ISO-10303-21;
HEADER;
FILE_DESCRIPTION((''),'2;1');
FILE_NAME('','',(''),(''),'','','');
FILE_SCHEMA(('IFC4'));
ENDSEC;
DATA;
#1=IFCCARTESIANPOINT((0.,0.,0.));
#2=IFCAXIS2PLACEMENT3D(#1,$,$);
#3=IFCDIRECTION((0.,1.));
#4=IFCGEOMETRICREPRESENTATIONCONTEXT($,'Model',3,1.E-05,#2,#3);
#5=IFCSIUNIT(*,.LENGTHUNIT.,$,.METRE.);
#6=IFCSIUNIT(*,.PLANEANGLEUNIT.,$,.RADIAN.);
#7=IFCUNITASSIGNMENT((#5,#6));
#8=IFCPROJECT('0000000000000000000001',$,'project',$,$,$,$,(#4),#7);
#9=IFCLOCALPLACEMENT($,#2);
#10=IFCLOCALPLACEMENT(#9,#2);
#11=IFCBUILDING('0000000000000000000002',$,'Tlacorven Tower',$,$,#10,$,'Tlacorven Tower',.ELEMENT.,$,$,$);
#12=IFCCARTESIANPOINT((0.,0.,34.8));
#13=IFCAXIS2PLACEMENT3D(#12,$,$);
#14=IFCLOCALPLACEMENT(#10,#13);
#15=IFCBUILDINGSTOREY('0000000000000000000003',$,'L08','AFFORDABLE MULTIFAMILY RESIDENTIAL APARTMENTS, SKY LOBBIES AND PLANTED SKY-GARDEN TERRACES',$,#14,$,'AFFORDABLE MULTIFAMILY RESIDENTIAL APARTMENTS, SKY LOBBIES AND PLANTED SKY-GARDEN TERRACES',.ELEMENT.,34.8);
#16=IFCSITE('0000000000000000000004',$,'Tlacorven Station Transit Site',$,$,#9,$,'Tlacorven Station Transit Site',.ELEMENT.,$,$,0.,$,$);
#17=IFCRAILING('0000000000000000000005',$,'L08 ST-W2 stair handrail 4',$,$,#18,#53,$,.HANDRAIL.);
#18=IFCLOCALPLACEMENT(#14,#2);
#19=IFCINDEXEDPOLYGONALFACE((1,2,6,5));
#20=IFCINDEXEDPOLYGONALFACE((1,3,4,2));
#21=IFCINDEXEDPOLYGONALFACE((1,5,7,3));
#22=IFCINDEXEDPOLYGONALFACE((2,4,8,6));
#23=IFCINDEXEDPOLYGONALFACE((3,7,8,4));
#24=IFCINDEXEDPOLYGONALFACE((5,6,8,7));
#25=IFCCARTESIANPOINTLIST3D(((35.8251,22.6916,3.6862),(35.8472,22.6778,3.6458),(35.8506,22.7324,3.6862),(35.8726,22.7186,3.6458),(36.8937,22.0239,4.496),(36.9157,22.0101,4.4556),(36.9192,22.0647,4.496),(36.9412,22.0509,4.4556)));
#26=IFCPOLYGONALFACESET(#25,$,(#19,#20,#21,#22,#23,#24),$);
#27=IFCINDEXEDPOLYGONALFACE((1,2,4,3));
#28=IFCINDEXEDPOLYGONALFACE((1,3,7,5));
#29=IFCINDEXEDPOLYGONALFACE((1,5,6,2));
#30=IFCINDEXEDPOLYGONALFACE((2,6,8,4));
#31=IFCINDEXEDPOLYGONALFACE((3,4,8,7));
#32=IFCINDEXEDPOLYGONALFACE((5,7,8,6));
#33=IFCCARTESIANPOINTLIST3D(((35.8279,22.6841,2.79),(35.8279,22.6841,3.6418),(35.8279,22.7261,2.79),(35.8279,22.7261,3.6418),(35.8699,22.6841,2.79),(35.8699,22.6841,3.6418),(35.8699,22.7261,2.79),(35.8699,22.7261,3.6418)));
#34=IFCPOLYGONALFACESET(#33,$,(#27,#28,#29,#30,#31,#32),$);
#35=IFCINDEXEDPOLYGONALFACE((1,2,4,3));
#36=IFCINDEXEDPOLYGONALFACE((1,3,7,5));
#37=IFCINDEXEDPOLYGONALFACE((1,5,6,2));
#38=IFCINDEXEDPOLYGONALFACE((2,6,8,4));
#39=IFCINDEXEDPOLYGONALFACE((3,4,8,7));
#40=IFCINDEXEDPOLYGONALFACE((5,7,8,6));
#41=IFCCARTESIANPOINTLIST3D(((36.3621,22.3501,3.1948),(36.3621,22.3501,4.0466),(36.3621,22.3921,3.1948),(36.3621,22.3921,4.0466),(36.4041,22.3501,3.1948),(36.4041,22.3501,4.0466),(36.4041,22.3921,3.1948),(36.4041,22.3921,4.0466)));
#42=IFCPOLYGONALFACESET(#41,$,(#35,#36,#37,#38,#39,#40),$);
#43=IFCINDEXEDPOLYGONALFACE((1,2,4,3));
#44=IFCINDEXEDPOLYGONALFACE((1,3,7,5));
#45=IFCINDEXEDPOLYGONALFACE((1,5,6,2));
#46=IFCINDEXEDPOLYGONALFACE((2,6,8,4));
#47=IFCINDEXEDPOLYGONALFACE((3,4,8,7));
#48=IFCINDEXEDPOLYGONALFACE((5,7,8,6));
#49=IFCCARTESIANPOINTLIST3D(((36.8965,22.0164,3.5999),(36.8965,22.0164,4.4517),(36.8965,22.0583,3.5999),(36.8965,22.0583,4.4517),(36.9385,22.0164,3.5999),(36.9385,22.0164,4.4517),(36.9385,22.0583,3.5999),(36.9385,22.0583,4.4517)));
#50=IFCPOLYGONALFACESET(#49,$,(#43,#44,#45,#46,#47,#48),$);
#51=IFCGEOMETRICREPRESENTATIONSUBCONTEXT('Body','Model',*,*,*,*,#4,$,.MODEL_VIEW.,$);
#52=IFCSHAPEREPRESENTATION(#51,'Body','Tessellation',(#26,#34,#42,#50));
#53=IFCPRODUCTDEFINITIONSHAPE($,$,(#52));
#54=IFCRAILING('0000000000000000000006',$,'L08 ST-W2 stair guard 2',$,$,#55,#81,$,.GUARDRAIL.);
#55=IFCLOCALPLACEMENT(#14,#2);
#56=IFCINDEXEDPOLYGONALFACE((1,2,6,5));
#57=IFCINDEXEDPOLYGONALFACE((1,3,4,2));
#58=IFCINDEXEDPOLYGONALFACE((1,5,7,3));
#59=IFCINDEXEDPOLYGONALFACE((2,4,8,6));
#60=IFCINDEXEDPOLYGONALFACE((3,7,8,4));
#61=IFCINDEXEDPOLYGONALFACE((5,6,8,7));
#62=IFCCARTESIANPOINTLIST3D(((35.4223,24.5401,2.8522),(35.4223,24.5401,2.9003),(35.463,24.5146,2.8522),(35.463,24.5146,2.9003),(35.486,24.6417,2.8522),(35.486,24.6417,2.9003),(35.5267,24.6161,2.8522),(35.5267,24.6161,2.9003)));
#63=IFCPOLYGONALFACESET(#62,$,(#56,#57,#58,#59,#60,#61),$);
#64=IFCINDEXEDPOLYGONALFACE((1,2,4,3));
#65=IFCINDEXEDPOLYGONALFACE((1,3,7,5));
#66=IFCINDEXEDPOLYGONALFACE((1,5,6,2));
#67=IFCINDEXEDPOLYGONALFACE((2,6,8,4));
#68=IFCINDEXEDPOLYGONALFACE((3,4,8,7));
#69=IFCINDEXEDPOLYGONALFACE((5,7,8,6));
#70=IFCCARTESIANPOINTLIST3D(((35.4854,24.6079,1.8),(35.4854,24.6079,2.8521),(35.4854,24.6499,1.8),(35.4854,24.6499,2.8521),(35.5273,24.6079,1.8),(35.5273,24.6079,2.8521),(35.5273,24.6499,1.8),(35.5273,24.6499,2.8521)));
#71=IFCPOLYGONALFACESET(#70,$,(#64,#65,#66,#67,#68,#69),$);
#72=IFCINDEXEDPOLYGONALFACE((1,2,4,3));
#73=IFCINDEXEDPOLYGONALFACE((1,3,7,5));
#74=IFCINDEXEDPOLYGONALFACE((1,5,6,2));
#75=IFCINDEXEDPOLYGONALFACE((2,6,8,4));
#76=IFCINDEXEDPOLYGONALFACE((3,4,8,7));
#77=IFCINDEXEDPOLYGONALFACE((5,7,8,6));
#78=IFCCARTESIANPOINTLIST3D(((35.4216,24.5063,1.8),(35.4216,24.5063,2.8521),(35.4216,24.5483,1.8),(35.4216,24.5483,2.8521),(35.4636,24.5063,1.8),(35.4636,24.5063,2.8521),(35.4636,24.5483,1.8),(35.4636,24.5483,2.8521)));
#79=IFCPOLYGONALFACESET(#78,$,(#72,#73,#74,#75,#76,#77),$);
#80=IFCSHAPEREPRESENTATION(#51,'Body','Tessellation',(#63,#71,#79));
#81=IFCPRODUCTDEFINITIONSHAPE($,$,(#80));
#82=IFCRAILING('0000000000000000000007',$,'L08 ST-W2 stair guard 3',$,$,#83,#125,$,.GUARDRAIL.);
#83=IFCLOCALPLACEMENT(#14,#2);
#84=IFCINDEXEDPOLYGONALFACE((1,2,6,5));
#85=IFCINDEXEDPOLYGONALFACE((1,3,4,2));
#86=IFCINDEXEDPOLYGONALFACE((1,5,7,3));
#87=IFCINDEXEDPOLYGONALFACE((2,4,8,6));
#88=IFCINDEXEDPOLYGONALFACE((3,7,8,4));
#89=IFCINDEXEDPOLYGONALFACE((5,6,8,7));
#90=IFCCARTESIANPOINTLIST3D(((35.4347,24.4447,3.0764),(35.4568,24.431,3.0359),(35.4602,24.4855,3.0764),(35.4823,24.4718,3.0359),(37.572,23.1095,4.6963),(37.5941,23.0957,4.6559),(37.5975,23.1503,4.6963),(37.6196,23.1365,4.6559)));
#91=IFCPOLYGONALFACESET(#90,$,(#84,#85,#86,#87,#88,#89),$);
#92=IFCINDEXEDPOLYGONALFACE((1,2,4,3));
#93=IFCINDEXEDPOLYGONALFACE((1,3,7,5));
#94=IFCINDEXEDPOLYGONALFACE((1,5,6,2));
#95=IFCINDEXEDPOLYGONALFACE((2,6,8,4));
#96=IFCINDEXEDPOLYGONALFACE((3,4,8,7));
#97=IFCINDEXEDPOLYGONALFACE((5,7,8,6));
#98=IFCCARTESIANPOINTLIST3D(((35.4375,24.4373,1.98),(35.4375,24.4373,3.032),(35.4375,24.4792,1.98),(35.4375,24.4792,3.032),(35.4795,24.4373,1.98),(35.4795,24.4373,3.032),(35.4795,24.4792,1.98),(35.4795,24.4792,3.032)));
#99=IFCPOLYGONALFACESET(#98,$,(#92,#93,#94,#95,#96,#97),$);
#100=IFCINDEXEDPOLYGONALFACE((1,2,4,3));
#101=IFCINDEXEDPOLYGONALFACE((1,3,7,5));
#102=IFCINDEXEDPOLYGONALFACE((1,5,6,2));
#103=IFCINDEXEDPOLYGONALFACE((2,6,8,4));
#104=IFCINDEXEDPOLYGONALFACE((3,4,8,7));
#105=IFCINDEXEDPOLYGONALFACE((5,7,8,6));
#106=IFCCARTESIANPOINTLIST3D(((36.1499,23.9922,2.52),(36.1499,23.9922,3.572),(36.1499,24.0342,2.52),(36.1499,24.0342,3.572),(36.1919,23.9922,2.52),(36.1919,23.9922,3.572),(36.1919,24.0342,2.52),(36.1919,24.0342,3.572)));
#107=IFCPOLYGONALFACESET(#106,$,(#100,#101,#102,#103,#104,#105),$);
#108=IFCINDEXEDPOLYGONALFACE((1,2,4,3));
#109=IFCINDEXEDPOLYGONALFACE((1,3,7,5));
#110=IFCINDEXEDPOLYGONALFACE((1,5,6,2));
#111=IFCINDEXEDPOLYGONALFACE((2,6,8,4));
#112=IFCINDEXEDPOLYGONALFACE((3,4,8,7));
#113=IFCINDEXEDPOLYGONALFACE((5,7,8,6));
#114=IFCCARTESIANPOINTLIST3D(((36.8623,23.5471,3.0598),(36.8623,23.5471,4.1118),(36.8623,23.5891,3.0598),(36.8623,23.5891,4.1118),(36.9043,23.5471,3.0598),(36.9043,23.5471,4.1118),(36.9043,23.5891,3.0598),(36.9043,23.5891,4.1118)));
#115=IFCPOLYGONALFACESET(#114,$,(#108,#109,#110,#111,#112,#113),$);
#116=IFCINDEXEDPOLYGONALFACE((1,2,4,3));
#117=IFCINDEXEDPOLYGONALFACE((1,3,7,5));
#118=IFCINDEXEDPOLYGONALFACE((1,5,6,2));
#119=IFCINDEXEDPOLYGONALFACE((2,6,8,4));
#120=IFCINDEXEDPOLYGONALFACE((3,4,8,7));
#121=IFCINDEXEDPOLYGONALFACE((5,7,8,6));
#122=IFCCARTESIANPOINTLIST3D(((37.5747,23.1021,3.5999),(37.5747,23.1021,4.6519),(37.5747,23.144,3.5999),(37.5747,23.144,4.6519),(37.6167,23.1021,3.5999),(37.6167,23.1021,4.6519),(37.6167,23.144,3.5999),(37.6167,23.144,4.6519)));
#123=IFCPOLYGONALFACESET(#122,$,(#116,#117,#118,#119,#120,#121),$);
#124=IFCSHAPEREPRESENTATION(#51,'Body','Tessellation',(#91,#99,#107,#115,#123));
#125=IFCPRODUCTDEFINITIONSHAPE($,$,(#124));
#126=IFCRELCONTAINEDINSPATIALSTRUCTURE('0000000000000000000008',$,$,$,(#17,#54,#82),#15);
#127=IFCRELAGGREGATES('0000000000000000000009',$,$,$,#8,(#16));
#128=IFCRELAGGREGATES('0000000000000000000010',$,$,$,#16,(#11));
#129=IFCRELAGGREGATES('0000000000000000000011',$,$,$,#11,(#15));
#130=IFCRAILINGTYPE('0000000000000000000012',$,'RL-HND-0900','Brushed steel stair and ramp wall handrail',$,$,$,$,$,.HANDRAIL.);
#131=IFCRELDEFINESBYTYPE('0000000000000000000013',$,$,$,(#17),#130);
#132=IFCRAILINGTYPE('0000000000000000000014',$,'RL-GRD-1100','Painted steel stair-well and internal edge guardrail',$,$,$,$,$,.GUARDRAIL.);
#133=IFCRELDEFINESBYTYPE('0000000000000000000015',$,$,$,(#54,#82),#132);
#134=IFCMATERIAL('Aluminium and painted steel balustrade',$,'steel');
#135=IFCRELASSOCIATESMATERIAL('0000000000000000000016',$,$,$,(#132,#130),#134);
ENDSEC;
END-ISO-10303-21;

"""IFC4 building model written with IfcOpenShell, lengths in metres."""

from ifc_helpers import new_model, si_unit, direction, frame, origin, origin_2d, place, context, subcontext, project, spatial, rectangle, extrude, source, transform, mapped, material, type_object, element, save


model = new_model("IFC4")

# Units and contexts
model_context = context("Model", 3, precision=1e-05, world=origin(), true_north=direction((0.0, 1.0)))
body_context = subcontext(model_context, "Body", "Model", "MODEL_VIEW")
ifc_project = project(units=[si_unit("LENGTHUNIT", "METRE"), si_unit("PLANEANGLEUNIT", "RADIAN")], contexts=[model_context])

# Site, building, storey
site_placement = place(None, origin())
site = spatial("IfcSite", under=ifc_project, at=site_placement, Name="Tlacorven Station Transit Site", LongName="Tlacorven Station Transit Site", CompositionType="ELEMENT", RefElevation=0.0)
building_placement = place(site_placement, origin())
building = spatial("IfcBuilding", under=site, at=building_placement, Name="Tlacorven Tower", LongName="Tlacorven Tower", CompositionType="ELEMENT")
storey_placement = place(building_placement, frame((0.0, 0.0, 34.8)))
storey = spatial("IfcBuildingStorey", under=building, at=storey_placement, Name="L08", Description="AFFORDABLE MULTIFAMILY RESIDENTIAL APARTMENTS, SKY LOBBIES AND PLANTED SKY-GARDEN TERRACES", LongName="AFFORDABLE MULTIFAMILY RESIDENTIAL APARTMENTS, SKY LOBBIES AND PLANTED SKY-GARDEN TERRACES", CompositionType="ELEMENT", Elevation=34.8)

# Railings
ifc_material_1 = material(Name="Aluminium and painted steel balustrade", Category="steel")
railing_type_1 = type_object("IfcRailingType", Name="RL-GRD-1100", Description="Painted steel stair-well and internal edge guardrail", PredefinedType="GUARDRAIL", material=ifc_material_1)
railing_type_2 = type_object("IfcRailingType", Name="RL-HND-0900", Description="Brushed steel stair and ramp wall handrail", PredefinedType="HANDRAIL", material=ifc_material_1)
shared_shape_1 = source(origin(), body_context, "Body", "SweptSolid", [
    extrude(rectangle(XDim=0.0481, YDim=0.0481, at=origin_2d()), frame((0.0, 0.0, 0.876), z_axis=(0.713423, -0.445787, 0.540649), x_axis=(0.529912, 0.848053, 0.0)), (0.0, 0.0, 1.0), 1.4978),
    extrude(rectangle(XDim=0.042, YDim=0.042, at=origin_2d()), origin(), (0.0, 0.0, 1.0), 0.8518),
    extrude(rectangle(XDim=0.042, YDim=0.042, at=origin_2d()), frame((0.5342, -0.334, 0.4048)), (0.0, 0.0, 1.0), 0.8518),
    extrude(rectangle(XDim=0.042, YDim=0.042, at=origin_2d()), frame((1.0686, -0.6677, 0.8098)), (0.0, 0.0, 1.0), 0.8518),
])
railing_1_placement = place(storey_placement, frame((35.8489, 22.7051, 2.79)))
element("IfcRailing", 1, at=railing_1_placement, inside=storey, type_object=railing_type_2, Name="L08 ST-W2 stair handrail 4", PredefinedType="HANDRAIL", context=body_context, shape_type="MappedRepresentation", body=[
    mapped(shared_shape_1, transform((0.0, 0.0, 0.0), scale=1.0)),
])
shared_shape_2 = source(origin(), body_context, "Body", "SweptSolid", [
    extrude(rectangle(XDim=0.0481, YDim=0.0481, at=origin_2d()), frame((0.0, 0.0, 1.0762), z_axis=(-0.531462, -0.847082, 0.0), x_axis=(0.847082, -0.531462, 0.0)), (0.0, 0.0, 1.0), 0.1199),
    extrude(rectangle(XDim=0.042, YDim=0.042, at=origin_2d()), origin(), (0.0, 0.0, 1.0), 1.052),
    extrude(rectangle(XDim=0.042, YDim=0.042, at=origin_2d()), frame((-0.0637, -0.1016, 0.0)), (0.0, 0.0, 1.0), 1.052),
])
railing_2_placement = place(storey_placement, frame((35.5063, 24.6289, 1.8)))
element("IfcRailing", 2, at=railing_2_placement, inside=storey, type_object=railing_type_1, Name="L08 ST-W2 stair guard 2", PredefinedType="GUARDRAIL", context=body_context, shape_type="MappedRepresentation", body=[
    mapped(shared_shape_2, transform((0.0, 0.0, 0.0), scale=1.0)),
])
shared_shape_3 = source(origin(), body_context, "Body", "SweptSolid", [
    extrude(rectangle(XDim=0.0481, YDim=0.0481, at=origin_2d()), frame((0.0, 0.0, 1.0762), z_axis=(0.713417, -0.445702, 0.540727), x_axis=(0.529842, 0.848096, 0.0)), (0.0, 0.0, 1.0), 2.9958),
    extrude(rectangle(XDim=0.042, YDim=0.042, at=origin_2d()), origin(), (0.0, 0.0, 1.0), 1.052),
    extrude(rectangle(XDim=0.042, YDim=0.042, at=origin_2d()), frame((0.7124, -0.4451, 0.54)), (0.0, 0.0, 1.0), 1.052),
    extrude(rectangle(XDim=0.042, YDim=0.042, at=origin_2d()), frame((1.4248, -0.8901, 1.0798)), (0.0, 0.0, 1.0), 1.052),
    extrude(rectangle(XDim=0.042, YDim=0.042, at=origin_2d()), frame((2.1372, -1.3352, 1.6199)), (0.0, 0.0, 1.0), 1.052),
])
railing_3_placement = place(storey_placement, frame((35.4585, 24.4583, 1.98)))
element("IfcRailing", 3, at=railing_3_placement, inside=storey, type_object=railing_type_1, Name="L08 ST-W2 stair guard 3", PredefinedType="GUARDRAIL", context=body_context, shape_type="MappedRepresentation", body=[
    mapped(shared_shape_3, transform((0.0, 0.0, 0.0), scale=1.0)),
])

save(model, "model.ifc")
